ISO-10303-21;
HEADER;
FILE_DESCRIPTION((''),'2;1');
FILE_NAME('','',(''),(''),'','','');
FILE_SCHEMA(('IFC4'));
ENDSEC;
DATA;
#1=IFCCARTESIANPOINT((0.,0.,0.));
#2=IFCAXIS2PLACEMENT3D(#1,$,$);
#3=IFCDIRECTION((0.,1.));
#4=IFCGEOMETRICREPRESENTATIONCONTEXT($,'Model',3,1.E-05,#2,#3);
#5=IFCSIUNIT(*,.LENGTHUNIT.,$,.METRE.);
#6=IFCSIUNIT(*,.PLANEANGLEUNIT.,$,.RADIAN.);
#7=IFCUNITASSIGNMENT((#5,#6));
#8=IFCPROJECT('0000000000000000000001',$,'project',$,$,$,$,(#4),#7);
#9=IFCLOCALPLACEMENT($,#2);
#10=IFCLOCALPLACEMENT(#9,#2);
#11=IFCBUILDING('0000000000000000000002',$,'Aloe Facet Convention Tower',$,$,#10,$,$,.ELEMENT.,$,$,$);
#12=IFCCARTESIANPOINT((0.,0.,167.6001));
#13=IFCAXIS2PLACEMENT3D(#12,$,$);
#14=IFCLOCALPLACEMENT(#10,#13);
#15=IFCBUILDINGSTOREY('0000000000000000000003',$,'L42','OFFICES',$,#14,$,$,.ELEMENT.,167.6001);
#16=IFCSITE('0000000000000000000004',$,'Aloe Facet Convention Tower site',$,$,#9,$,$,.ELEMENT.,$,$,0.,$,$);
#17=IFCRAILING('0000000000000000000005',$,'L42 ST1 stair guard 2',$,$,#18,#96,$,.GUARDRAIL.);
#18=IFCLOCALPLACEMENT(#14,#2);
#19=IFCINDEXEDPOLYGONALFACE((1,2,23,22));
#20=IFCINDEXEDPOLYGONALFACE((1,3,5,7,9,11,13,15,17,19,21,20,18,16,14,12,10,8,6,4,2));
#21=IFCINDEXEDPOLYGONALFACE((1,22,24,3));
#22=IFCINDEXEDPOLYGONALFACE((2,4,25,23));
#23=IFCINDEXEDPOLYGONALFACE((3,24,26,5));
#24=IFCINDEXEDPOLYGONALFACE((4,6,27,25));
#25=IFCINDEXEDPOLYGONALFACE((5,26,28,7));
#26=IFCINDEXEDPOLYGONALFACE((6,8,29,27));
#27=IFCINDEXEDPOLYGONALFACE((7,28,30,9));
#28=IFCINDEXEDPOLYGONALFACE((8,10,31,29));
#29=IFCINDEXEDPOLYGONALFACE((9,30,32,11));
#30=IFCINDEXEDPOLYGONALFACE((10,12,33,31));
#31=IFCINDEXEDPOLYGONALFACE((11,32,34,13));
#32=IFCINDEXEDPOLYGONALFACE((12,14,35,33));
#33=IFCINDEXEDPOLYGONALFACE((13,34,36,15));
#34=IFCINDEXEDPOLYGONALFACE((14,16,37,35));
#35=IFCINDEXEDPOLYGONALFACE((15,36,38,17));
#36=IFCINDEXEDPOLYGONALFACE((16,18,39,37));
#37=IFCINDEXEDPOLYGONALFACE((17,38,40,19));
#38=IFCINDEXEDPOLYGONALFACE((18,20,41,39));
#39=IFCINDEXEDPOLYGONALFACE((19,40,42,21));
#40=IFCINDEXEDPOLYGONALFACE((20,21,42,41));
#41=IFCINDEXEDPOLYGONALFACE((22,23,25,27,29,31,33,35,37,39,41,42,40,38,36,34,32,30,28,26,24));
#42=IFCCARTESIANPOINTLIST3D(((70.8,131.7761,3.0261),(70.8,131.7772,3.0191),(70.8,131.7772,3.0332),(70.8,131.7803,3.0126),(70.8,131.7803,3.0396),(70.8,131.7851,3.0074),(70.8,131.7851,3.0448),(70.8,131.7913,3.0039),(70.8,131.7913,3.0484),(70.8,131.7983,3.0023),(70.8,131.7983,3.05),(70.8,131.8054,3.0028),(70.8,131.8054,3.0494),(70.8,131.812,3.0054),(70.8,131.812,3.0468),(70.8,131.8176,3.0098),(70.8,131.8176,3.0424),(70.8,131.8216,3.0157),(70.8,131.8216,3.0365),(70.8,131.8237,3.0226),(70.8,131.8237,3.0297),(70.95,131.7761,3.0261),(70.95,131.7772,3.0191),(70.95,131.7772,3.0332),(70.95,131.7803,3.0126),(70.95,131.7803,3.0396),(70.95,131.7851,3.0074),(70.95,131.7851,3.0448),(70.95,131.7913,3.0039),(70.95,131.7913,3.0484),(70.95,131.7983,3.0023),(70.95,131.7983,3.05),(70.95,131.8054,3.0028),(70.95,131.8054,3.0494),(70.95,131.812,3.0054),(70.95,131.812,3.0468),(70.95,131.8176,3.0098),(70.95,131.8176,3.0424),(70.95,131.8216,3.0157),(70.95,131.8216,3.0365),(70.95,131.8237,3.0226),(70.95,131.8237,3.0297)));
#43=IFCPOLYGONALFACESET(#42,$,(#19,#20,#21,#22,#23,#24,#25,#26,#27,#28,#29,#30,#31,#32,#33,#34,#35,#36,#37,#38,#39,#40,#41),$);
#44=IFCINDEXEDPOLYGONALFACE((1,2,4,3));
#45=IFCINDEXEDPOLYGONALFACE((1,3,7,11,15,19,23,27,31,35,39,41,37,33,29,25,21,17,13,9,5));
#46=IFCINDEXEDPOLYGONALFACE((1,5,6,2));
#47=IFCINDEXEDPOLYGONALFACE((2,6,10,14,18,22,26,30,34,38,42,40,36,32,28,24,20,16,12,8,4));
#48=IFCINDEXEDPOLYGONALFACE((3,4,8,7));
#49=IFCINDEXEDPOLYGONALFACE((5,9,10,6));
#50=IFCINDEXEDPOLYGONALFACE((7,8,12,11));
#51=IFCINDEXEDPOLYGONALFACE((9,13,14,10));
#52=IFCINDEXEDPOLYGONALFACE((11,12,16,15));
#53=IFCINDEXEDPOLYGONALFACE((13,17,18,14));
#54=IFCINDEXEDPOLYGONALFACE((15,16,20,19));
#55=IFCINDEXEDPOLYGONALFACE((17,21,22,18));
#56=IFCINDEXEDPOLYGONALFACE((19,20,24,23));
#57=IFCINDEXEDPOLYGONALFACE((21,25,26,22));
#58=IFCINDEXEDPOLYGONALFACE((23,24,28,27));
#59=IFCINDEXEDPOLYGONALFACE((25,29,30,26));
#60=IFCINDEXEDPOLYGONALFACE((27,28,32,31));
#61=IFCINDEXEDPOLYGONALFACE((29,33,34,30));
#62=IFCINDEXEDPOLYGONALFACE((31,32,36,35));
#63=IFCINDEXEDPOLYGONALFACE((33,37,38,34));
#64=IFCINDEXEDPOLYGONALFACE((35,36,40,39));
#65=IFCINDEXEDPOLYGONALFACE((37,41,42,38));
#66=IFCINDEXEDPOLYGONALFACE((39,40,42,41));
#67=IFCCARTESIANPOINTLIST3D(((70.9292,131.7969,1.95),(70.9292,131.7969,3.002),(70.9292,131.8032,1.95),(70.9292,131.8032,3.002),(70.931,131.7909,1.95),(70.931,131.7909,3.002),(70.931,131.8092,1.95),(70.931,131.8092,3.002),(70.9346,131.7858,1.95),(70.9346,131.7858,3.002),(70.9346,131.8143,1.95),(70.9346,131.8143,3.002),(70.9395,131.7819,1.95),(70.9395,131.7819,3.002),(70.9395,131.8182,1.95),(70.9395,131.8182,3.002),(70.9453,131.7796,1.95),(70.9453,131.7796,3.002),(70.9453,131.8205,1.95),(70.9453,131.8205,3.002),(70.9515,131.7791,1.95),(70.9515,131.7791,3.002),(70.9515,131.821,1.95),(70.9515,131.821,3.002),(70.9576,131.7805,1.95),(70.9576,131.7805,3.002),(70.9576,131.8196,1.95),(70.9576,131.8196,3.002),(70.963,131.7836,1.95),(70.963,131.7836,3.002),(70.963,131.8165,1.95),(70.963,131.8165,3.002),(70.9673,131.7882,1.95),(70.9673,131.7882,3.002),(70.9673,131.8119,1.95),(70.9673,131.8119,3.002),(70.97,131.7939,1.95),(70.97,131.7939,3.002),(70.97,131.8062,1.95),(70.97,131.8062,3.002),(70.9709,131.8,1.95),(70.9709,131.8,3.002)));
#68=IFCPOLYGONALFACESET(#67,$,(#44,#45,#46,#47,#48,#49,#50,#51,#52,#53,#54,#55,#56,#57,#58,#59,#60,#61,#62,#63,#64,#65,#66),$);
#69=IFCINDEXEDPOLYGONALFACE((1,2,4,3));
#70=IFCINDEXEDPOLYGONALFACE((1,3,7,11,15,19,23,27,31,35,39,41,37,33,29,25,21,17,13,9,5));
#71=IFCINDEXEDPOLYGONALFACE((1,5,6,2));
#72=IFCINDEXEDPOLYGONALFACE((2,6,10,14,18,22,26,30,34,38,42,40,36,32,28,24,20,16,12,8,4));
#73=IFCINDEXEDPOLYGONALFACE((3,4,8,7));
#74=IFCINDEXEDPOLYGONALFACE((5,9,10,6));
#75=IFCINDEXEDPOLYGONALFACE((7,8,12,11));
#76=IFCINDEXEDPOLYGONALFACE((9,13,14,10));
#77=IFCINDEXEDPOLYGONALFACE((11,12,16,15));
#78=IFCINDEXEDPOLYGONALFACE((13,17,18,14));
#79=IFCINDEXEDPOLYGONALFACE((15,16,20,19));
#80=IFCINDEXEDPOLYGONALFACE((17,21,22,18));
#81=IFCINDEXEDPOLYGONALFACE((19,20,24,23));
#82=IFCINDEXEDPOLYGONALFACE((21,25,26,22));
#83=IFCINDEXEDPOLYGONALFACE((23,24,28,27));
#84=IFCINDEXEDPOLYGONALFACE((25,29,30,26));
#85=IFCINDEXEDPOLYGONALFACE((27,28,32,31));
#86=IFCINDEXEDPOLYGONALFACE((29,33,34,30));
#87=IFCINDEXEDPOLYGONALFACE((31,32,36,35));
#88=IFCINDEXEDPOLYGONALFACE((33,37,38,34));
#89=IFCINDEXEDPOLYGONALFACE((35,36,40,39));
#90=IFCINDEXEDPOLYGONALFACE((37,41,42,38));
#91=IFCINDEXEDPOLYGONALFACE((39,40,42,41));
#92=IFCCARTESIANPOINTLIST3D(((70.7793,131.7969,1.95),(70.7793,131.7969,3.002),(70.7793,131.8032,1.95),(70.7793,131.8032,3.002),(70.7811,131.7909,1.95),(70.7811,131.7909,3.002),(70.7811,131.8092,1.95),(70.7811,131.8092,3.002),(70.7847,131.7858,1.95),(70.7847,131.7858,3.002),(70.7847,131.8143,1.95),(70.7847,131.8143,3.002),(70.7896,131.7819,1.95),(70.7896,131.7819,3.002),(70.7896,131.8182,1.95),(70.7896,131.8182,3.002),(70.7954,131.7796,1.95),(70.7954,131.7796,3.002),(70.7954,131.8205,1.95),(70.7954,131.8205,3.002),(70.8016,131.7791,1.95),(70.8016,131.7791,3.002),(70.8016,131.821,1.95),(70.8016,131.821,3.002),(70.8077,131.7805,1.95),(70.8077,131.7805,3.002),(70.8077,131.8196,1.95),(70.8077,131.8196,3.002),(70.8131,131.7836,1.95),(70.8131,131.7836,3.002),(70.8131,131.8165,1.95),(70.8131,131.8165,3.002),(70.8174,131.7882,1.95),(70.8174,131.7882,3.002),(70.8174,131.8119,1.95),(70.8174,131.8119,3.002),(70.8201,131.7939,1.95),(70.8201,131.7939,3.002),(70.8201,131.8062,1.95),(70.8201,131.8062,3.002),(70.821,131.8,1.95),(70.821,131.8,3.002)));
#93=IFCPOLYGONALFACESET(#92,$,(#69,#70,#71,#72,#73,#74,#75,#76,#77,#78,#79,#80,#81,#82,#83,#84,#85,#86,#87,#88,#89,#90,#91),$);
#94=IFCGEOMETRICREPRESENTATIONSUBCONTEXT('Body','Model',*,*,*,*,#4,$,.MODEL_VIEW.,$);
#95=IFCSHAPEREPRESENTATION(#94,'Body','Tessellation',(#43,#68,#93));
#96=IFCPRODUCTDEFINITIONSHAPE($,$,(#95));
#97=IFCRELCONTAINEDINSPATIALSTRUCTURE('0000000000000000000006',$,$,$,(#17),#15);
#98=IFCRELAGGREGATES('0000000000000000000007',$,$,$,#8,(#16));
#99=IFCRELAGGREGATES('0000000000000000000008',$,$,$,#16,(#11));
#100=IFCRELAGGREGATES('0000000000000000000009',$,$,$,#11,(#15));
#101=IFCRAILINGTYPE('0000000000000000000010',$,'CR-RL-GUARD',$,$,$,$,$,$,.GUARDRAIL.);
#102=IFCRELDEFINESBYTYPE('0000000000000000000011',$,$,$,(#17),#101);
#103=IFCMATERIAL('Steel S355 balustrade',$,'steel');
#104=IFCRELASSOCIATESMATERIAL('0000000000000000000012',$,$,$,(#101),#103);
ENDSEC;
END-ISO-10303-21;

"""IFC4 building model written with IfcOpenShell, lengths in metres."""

from ifc_helpers import new_model, si_unit, direction, frame, origin, origin_2d, place, context, subcontext, project, spatial, circle, extrude, material, type_object, element, save


model = new_model("IFC4")

# Units and contexts
model_context = context("Model", 3, precision=1e-05, world=origin(), true_north=direction((0.0, 1.0)))
body_context = subcontext(model_context, "Body", "Model", "MODEL_VIEW")
ifc_project = project(units=[si_unit("LENGTHUNIT", "METRE"), si_unit("PLANEANGLEUNIT", "RADIAN")], contexts=[model_context])

# Site, building, storey
site_placement = place(None, origin())
site = spatial("IfcSite", under=ifc_project, at=site_placement, Name="Aloe Facet Convention Tower site", CompositionType="ELEMENT", RefElevation=0.0)
building_placement = place(site_placement, origin())
building = spatial("IfcBuilding", under=site, at=building_placement, Name="Aloe Facet Convention Tower", CompositionType="ELEMENT")
storey_placement = place(building_placement, frame((0.0, 0.0, 167.6001)))
storey = spatial("IfcBuildingStorey", under=building, at=storey_placement, Name="L42", Description="OFFICES", CompositionType="ELEMENT", Elevation=167.6001)

# Railing
ifc_material_1 = material(Name="Steel S355 balustrade", Category="steel")
railing_type_1 = type_object("IfcRailingType", Name="CR-RL-GUARD", PredefinedType="GUARDRAIL", material=ifc_material_1)
railing_1_placement = place(storey_placement, frame((70.95, 131.8, 1.95)))
element("IfcRailing", 1, at=railing_1_placement, inside=storey, type_object=railing_type_1, Name="L42 ST1 stair guard 2", PredefinedType="GUARDRAIL", context=body_context, shape_type="SweptSolid", body=[
    extrude(circle(Radius=0.0239, at=origin_2d()), frame((0.0, 0.0, 1.0762), z_axis=(-1.0, 0.0, 0.0), x_axis=(0.0, -1.0, 0.0)), (0.0, 0.0, 1.0), 0.1499),
    extrude(circle(Radius=0.021, at=origin_2d()), origin(), (0.0, 0.0, 1.0), 1.052),
    extrude(circle(Radius=0.021, at=origin_2d()), frame((-0.1499, 0.0, 0.0)), (0.0, 0.0, 1.0), 1.052),
])

save(model, "model.ifc")
